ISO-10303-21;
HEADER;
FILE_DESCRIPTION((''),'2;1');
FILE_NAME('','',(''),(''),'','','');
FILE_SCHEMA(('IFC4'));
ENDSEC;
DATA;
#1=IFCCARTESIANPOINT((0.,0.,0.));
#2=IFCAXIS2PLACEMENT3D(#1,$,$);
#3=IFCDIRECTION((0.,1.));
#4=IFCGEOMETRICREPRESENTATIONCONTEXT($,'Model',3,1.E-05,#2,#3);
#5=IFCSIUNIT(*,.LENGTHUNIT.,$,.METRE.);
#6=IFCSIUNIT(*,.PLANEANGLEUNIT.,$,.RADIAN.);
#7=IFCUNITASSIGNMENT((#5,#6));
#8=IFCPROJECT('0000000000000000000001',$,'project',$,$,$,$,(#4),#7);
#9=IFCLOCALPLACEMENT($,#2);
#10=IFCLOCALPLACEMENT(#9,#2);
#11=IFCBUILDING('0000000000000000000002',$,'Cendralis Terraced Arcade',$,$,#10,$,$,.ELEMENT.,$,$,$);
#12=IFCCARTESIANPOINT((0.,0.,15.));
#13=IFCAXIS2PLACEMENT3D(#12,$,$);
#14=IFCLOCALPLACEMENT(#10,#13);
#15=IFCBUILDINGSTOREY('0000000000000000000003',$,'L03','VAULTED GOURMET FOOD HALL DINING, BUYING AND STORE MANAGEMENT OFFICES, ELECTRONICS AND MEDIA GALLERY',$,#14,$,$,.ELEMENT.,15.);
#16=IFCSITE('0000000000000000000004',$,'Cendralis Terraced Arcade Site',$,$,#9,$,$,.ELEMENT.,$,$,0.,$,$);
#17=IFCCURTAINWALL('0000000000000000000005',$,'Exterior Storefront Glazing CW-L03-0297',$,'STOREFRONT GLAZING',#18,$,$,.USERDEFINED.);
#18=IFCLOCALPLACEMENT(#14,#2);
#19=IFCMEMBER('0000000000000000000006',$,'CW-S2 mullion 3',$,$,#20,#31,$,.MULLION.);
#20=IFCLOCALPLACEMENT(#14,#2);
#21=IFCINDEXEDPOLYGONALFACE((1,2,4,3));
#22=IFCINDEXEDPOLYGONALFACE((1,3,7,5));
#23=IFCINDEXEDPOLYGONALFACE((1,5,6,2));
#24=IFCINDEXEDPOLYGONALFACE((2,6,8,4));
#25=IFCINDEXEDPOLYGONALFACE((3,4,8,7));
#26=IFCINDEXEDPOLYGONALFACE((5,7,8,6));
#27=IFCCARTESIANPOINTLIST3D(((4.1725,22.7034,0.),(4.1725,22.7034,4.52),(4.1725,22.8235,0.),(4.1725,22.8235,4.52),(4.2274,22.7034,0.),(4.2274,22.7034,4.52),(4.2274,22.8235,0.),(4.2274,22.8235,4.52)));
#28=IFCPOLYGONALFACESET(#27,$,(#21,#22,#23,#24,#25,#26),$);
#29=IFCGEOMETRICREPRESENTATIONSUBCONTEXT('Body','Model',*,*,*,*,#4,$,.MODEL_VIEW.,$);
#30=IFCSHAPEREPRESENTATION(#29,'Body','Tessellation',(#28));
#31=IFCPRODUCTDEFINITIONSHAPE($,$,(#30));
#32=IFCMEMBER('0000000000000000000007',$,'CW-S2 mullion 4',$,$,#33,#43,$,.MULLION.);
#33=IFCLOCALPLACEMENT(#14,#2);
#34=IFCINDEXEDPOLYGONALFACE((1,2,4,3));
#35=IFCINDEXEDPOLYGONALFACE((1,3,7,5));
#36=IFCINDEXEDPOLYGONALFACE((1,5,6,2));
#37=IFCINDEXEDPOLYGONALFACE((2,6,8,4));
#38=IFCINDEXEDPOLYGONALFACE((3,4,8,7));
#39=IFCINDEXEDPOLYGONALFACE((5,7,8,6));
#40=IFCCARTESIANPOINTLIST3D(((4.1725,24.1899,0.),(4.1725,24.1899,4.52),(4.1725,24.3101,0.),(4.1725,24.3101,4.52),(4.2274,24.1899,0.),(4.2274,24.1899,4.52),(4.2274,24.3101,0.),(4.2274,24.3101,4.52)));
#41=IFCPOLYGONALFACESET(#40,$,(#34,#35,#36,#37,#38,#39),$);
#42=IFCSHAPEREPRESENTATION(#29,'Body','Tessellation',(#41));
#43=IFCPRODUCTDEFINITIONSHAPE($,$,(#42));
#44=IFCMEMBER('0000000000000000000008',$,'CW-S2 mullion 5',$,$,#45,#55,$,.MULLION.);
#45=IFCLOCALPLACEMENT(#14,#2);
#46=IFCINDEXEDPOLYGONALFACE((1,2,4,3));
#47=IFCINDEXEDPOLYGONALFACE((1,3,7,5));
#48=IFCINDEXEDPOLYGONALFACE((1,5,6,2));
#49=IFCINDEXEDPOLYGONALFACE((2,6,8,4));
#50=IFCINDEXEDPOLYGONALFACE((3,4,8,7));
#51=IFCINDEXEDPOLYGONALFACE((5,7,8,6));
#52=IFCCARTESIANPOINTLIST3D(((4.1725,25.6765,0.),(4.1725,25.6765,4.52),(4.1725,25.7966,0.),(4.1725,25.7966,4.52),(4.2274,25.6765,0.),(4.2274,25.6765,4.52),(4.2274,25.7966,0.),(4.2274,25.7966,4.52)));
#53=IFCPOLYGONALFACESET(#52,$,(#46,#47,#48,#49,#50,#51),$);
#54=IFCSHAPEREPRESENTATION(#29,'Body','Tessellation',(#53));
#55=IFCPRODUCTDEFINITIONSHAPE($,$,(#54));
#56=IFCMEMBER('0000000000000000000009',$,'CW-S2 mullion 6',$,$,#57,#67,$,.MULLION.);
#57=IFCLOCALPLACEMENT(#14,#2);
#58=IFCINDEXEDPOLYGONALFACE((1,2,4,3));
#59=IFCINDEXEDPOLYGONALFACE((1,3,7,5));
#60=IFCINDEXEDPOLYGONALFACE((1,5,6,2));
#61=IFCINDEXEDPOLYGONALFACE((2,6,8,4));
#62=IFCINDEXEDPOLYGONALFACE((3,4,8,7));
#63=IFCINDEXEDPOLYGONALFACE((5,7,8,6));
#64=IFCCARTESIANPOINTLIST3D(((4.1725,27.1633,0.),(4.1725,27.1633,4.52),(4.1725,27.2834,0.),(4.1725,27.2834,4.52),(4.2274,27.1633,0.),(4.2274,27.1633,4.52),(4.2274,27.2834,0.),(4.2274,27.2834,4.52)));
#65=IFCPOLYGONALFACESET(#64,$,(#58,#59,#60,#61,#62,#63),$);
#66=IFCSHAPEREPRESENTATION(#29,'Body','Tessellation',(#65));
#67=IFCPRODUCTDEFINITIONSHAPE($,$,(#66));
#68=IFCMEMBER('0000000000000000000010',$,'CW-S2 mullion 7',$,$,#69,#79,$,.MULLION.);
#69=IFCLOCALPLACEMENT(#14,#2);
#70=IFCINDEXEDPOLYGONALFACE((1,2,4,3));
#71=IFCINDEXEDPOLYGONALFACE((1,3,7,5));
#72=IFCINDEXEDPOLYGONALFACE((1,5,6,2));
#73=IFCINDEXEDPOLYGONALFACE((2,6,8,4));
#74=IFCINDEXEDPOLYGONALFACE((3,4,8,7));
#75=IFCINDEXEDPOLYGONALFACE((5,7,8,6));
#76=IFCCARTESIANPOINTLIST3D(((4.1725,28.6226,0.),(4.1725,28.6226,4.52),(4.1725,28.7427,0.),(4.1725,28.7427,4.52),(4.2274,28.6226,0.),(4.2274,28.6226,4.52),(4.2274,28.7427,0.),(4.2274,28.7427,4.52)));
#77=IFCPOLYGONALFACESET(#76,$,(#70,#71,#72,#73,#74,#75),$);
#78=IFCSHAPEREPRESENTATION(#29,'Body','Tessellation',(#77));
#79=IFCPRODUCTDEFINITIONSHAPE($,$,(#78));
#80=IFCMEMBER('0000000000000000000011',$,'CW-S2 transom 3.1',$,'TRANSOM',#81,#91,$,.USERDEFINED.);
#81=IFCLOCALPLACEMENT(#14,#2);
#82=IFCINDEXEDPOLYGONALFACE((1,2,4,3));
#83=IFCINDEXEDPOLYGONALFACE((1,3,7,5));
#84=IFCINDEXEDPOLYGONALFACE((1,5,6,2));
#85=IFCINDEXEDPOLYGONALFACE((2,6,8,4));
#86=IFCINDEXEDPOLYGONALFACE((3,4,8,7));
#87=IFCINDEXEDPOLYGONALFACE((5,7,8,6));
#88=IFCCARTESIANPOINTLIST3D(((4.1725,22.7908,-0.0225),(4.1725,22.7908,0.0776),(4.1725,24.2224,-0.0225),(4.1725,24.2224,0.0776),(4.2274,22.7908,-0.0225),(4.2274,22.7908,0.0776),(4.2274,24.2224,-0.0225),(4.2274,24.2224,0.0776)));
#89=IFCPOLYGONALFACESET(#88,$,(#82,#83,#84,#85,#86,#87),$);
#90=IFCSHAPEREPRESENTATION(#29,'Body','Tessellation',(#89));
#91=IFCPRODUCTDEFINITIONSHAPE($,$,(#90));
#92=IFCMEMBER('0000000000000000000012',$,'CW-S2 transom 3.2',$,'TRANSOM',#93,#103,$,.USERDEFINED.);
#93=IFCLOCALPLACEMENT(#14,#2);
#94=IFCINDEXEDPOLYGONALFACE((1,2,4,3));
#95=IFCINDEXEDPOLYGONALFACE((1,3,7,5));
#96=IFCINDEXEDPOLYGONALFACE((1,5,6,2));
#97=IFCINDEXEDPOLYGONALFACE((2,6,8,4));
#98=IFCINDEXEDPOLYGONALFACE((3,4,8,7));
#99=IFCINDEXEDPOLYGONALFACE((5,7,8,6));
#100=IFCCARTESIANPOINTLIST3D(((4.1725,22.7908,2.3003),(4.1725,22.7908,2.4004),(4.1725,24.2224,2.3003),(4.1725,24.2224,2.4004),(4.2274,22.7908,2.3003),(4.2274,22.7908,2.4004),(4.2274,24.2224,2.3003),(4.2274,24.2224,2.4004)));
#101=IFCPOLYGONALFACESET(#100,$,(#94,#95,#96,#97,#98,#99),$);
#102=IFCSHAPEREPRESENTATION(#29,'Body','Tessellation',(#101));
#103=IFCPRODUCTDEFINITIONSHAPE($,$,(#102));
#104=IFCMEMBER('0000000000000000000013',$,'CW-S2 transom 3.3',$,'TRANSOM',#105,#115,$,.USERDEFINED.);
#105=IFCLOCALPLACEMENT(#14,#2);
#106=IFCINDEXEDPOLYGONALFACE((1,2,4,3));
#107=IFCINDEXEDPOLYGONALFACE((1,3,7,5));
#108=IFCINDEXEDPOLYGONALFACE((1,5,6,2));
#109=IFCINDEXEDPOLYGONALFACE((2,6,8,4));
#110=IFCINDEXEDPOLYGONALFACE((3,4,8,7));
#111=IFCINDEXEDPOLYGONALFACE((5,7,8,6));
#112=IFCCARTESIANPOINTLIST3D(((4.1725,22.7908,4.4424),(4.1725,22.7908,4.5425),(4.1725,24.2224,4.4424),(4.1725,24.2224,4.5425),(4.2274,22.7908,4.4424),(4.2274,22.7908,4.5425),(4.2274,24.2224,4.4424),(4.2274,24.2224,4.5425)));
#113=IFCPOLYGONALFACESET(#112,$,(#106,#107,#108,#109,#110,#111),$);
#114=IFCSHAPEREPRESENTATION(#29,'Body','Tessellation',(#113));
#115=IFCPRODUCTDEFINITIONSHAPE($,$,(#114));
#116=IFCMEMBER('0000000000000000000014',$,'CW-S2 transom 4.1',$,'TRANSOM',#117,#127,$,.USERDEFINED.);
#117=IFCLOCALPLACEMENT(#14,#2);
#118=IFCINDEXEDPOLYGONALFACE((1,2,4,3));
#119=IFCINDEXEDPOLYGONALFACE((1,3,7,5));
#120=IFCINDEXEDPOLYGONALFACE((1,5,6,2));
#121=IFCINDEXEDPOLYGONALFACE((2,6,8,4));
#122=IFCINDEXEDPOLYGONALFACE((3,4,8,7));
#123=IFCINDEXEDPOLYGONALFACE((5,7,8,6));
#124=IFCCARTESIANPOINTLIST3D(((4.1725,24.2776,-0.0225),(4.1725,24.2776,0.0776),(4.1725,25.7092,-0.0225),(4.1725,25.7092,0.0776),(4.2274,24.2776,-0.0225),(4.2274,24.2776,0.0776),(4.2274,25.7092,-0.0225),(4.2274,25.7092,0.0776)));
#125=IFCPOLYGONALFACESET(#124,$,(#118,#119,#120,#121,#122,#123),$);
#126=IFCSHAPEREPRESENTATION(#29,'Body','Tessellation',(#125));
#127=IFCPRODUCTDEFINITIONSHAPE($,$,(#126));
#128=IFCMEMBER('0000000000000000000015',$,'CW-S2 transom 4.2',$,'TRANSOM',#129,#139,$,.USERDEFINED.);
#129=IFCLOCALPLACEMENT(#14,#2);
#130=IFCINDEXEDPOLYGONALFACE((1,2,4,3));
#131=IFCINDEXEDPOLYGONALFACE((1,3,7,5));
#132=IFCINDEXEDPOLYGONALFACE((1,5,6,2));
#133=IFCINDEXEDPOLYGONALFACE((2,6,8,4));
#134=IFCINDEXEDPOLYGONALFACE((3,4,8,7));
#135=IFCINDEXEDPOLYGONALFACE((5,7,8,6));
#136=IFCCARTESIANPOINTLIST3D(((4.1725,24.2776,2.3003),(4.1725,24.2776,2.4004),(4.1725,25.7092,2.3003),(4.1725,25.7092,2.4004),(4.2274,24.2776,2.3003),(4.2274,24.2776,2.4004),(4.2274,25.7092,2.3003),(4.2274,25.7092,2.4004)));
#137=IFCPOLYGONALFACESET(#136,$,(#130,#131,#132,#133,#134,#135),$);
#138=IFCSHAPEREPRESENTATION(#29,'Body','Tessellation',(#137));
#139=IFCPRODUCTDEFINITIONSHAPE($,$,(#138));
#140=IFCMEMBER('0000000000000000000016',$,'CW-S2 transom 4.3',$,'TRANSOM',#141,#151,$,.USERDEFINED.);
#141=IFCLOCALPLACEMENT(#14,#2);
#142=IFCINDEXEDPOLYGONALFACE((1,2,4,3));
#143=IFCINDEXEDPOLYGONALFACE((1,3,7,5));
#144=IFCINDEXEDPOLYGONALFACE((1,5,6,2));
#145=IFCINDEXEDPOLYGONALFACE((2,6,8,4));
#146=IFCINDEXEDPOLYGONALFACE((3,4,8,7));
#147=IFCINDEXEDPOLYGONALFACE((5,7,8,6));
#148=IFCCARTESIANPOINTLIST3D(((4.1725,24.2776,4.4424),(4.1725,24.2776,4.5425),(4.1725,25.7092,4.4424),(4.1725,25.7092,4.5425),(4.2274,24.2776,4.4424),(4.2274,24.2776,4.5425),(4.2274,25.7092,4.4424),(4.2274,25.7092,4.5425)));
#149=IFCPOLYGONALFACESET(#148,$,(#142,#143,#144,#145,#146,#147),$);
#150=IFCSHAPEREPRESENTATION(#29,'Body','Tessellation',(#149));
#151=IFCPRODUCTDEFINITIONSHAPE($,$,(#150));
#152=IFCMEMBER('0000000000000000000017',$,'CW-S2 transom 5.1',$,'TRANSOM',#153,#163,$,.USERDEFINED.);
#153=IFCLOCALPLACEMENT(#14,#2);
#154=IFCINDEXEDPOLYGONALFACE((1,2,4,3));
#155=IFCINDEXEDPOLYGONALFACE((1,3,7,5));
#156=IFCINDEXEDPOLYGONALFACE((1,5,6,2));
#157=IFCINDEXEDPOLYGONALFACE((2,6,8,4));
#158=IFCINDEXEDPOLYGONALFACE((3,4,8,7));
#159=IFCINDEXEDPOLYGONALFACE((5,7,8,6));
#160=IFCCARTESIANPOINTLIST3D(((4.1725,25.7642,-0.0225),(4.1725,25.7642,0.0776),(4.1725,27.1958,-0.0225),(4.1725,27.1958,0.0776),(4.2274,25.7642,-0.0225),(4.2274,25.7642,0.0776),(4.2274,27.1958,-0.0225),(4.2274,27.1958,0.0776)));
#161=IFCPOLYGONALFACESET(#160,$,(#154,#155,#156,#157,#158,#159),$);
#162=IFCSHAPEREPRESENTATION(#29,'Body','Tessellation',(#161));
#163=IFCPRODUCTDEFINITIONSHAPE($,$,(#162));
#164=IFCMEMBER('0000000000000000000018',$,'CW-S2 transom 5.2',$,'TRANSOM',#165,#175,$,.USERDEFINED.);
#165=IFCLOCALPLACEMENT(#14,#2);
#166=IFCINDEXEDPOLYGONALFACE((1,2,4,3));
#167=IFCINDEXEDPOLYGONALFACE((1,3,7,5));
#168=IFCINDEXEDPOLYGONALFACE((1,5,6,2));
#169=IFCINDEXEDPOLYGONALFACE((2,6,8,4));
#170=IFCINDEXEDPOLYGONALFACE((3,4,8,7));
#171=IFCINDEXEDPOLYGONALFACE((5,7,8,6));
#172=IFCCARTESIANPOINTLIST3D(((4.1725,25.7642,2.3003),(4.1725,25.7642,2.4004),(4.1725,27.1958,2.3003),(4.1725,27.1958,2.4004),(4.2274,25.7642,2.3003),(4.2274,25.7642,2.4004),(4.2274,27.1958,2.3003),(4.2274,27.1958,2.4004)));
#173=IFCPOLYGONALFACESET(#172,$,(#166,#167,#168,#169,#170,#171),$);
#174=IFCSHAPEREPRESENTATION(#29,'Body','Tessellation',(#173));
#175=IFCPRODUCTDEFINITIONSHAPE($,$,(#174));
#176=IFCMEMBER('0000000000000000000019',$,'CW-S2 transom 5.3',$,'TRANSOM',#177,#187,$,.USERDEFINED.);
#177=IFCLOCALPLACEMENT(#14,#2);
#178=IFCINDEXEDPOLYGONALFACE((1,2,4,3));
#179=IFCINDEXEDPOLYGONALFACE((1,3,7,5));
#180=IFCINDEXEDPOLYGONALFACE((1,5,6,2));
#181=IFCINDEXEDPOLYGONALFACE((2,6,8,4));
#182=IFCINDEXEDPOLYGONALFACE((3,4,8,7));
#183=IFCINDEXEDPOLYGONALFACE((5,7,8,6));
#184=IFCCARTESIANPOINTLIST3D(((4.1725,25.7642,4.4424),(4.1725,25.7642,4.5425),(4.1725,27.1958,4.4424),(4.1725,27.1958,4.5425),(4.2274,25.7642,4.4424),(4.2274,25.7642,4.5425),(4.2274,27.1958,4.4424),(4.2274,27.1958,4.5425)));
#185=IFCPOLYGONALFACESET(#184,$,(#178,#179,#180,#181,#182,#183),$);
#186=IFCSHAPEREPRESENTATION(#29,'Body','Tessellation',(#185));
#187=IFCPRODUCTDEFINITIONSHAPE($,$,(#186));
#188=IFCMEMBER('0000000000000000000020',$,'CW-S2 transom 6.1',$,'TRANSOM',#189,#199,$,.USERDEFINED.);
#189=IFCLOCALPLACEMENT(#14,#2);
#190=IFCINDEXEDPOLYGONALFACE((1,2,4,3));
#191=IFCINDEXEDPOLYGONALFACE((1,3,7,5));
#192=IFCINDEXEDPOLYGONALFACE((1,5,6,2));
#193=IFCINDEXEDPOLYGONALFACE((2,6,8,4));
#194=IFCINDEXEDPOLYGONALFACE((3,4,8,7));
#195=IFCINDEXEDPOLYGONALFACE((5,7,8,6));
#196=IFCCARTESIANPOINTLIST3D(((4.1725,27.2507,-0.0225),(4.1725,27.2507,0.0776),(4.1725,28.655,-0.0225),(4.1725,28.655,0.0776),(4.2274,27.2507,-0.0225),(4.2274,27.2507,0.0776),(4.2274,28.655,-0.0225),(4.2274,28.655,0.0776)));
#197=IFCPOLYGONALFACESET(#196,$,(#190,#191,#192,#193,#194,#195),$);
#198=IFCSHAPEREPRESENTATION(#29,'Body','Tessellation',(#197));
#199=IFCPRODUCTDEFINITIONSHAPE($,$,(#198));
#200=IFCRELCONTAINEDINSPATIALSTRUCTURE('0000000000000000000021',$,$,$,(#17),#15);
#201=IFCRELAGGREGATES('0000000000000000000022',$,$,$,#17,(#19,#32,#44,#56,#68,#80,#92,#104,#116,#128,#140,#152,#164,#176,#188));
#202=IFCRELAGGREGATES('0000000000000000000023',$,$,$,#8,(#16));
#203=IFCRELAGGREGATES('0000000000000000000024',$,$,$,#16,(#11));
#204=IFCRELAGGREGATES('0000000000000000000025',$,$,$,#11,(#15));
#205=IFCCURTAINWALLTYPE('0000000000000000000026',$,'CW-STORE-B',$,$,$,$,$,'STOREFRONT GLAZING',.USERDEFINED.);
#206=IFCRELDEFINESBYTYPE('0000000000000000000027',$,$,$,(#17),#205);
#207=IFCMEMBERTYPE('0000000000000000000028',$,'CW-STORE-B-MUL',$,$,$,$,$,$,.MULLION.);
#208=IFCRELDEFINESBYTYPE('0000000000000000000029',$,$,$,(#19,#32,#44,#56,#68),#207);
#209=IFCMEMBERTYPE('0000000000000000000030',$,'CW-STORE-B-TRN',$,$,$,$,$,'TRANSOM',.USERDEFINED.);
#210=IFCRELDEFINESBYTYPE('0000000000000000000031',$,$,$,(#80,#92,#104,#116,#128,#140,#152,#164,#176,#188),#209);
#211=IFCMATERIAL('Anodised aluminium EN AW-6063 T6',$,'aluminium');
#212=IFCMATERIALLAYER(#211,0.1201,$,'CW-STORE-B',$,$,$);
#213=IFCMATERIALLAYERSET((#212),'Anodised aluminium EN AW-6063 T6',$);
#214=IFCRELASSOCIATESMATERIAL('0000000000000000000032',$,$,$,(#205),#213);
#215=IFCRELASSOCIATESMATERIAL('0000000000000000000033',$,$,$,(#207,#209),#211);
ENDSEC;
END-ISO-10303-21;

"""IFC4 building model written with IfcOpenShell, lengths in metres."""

from ifc_helpers import new_model, si_unit, direction, frame, origin, origin_2d, place, context, subcontext, project, spatial, rectangle, extrude, material, layer, layer_set, material_profile, profile_set, type_object, element, aggregate, save


model = new_model("IFC4")

# Units and contexts
model_context = context("Model", 3, precision=1e-05, world=origin(), true_north=direction((0.0, 1.0)))
body_context = subcontext(model_context, "Body", "Model", "MODEL_VIEW")
ifc_project = project(units=[si_unit("LENGTHUNIT", "METRE"), si_unit("PLANEANGLEUNIT", "RADIAN")], contexts=[model_context])

# Site, building, storey
site_placement = place(None, origin())
site = spatial("IfcSite", under=ifc_project, at=site_placement, Name="Cendralis Terraced Arcade Site", CompositionType="ELEMENT", RefElevation=0.0)
building_placement = place(site_placement, origin())
building = spatial("IfcBuilding", under=site, at=building_placement, Name="Cendralis Terraced Arcade", CompositionType="ELEMENT")
storey_placement = place(building_placement, frame((0.0, 0.0, 15.0)))
storey = spatial("IfcBuildingStorey", under=building, at=storey_placement, Name="L03", Description="VAULTED GOURMET FOOD HALL DINING, BUYING AND STORE MANAGEMENT OFFICES, ELECTRONICS AND MEDIA GALLERY", CompositionType="ELEMENT", Elevation=15.0)

# Curtain wall, members
ifc_material_1 = material(Name="Anodised aluminium EN AW-6063 T6", Category="aluminium")
ifc_layer_1 = layer(ifc_material_1, 0.1201, Name="CW-STORE-B")
ifc_layer_set_1 = layer_set([ifc_layer_1], Name="Anodised aluminium EN AW-6063 T6")
curtain_wall_type = type_object("IfcCurtainWallType", Name="CW-STORE-B", ElementType="STOREFRONT GLAZING", PredefinedType="USERDEFINED", material=ifc_layer_set_1)
curtain_wall_placement = place(storey_placement, origin())
curtain_wall = element("IfcCurtainWall", 1, at=curtain_wall_placement, inside=storey, type_object=curtain_wall_type, Name="Exterior Storefront Glazing CW-L03-0297", ObjectType="STOREFRONT GLAZING", PredefinedType="USERDEFINED")
ifc_material_profile_1 = material_profile(ifc_material_1, rectangle(XDim=0.0549, YDim=0.1201, at=origin_2d()), Name="ALU-MUL-55x120")
ifc_profile_set_1 = profile_set([ifc_material_profile_1], Name="Anodised aluminium EN AW-6063 T6")
member_type_1 = type_object("IfcMemberType", Name="CW-STORE-B-MUL", PredefinedType="MULLION", material=ifc_profile_set_1)
member_1_placement = place(storey_placement, frame((4.2, 22.7634, 0.0), z_axis=(0.0, 0.0, 1.0), x_axis=(-1.0, 0.0, 0.0)))
member_1 = element("IfcMember", 2, at=member_1_placement, type_object=member_type_1, Name="CW-S2 mullion 3", PredefinedType="MULLION", context=body_context, shape_type="SweptSolid", body=[
    extrude(rectangle(XDim=0.0549, YDim=0.1201, at=origin_2d()), origin(), (0.0, 0.0, 1.0), 4.52),
])
member_2_placement = place(storey_placement, frame((4.2, 24.25, 0.0), z_axis=(0.0, 0.0, 1.0), x_axis=(-1.0, 0.0, 0.0)))
member_2 = element("IfcMember", 3, at=member_2_placement, type_object=member_type_1, Name="CW-S2 mullion 4", PredefinedType="MULLION", context=body_context, shape_type="SweptSolid", body=[
    extrude(rectangle(XDim=0.0549, YDim=0.1201, at=origin_2d()), origin(), (0.0, 0.0, 1.0), 4.52),
])
member_3_placement = place(storey_placement, frame((4.2, 25.7366, 0.0), z_axis=(0.0, 0.0, 1.0), x_axis=(-1.0, 0.0, 0.0)))
member_3 = element("IfcMember", 4, at=member_3_placement, type_object=member_type_1, Name="CW-S2 mullion 5", PredefinedType="MULLION", context=body_context, shape_type="SweptSolid", body=[
    extrude(rectangle(XDim=0.0549, YDim=0.1201, at=origin_2d()), origin(), (0.0, 0.0, 1.0), 4.52),
])
member_4_placement = place(storey_placement, frame((4.2, 27.2234, 0.0), z_axis=(0.0, 0.0, 1.0), x_axis=(-1.0, 0.0, 0.0)))
member_4 = element("IfcMember", 5, at=member_4_placement, type_object=member_type_1, Name="CW-S2 mullion 6", PredefinedType="MULLION", context=body_context, shape_type="SweptSolid", body=[
    extrude(rectangle(XDim=0.0549, YDim=0.1201, at=origin_2d()), origin(), (0.0, 0.0, 1.0), 4.52),
])
member_5_placement = place(storey_placement, frame((4.2, 28.6826, 0.0), z_axis=(0.0, 0.0, 1.0), x_axis=(-1.0, 0.0, 0.0)))
member_5 = element("IfcMember", 6, at=member_5_placement, type_object=member_type_1, Name="CW-S2 mullion 7", PredefinedType="MULLION", context=body_context, shape_type="SweptSolid", body=[
    extrude(rectangle(XDim=0.0549, YDim=0.1201, at=origin_2d()), origin(), (0.0, 0.0, 1.0), 4.52),
])
ifc_material_profile_2 = material_profile(ifc_material_1, rectangle(XDim=0.0549, YDim=0.1001, at=origin_2d()), Name="ALU-TRN-55x100")
ifc_profile_set_2 = profile_set([ifc_material_profile_2], Name="Anodised aluminium EN AW-6063 T6")
member_type_2 = type_object("IfcMemberType", Name="CW-STORE-B-TRN", ElementType="TRANSOM", PredefinedType="USERDEFINED", material=ifc_profile_set_2)
member_6_placement = place(storey_placement, frame((4.2, 22.7908, 0.0276), z_axis=(0.0, 1.0, 0.0), x_axis=(-1.0, 0.0, 0.0)))
member_6 = element("IfcMember", 7, at=member_6_placement, type_object=member_type_2, Name="CW-S2 transom 3.1", ObjectType="TRANSOM", PredefinedType="USERDEFINED", context=body_context, shape_type="SweptSolid", body=[
    extrude(rectangle(XDim=0.0549, YDim=0.1001, at=origin_2d()), origin(), (0.0, 0.0, 1.0), 1.4316),
])
member_7_placement = place(storey_placement, frame((4.2, 22.7908, 2.3503), z_axis=(0.0, 1.0, 0.0), x_axis=(-1.0, 0.0, 0.0)))
member_7 = element("IfcMember", 8, at=member_7_placement, type_object=member_type_2, Name="CW-S2 transom 3.2", ObjectType="TRANSOM", PredefinedType="USERDEFINED", context=body_context, shape_type="SweptSolid", body=[
    extrude(rectangle(XDim=0.0549, YDim=0.1001, at=origin_2d()), origin(), (0.0, 0.0, 1.0), 1.4316),
])
member_8_placement = place(storey_placement, frame((4.2, 22.7908, 4.4924), z_axis=(0.0, 1.0, 0.0), x_axis=(-1.0, 0.0, 0.0)))
member_8 = element("IfcMember", 9, at=member_8_placement, type_object=member_type_2, Name="CW-S2 transom 3.3", ObjectType="TRANSOM", PredefinedType="USERDEFINED", context=body_context, shape_type="SweptSolid", body=[
    extrude(rectangle(XDim=0.0549, YDim=0.1001, at=origin_2d()), origin(), (0.0, 0.0, 1.0), 1.4316),
])
member_9_placement = place(storey_placement, frame((4.2, 24.2776, 0.0276), z_axis=(0.0, 1.0, 0.0), x_axis=(-1.0, 0.0, 0.0)))
member_9 = element("IfcMember", 10, at=member_9_placement, type_object=member_type_2, Name="CW-S2 transom 4.1", ObjectType="TRANSOM", PredefinedType="USERDEFINED", context=body_context, shape_type="SweptSolid", body=[
    extrude(rectangle(XDim=0.0549, YDim=0.1001, at=origin_2d()), origin(), (0.0, 0.0, 1.0), 1.4316),
])
member_10_placement = place(storey_placement, frame((4.2, 24.2776, 2.3503), z_axis=(0.0, 1.0, 0.0), x_axis=(-1.0, 0.0, 0.0)))
member_10 = element("IfcMember", 11, at=member_10_placement, type_object=member_type_2, Name="CW-S2 transom 4.2", ObjectType="TRANSOM", PredefinedType="USERDEFINED", context=body_context, shape_type="SweptSolid", body=[
    extrude(rectangle(XDim=0.0549, YDim=0.1001, at=origin_2d()), origin(), (0.0, 0.0, 1.0), 1.4316),
])
member_11_placement = place(storey_placement, frame((4.2, 24.2776, 4.4924), z_axis=(0.0, 1.0, 0.0), x_axis=(-1.0, 0.0, 0.0)))
member_11 = element("IfcMember", 12, at=member_11_placement, type_object=member_type_2, Name="CW-S2 transom 4.3", ObjectType="TRANSOM", PredefinedType="USERDEFINED", context=body_context, shape_type="SweptSolid", body=[
    extrude(rectangle(XDim=0.0549, YDim=0.1001, at=origin_2d()), origin(), (0.0, 0.0, 1.0), 1.4316),
])
member_12_placement = place(storey_placement, frame((4.2, 25.7642, 0.0276), z_axis=(0.0, 1.0, 0.0), x_axis=(-1.0, 0.0, 0.0)))
member_12 = element("IfcMember", 13, at=member_12_placement, type_object=member_type_2, Name="CW-S2 transom 5.1", ObjectType="TRANSOM", PredefinedType="USERDEFINED", context=body_context, shape_type="SweptSolid", body=[
    extrude(rectangle(XDim=0.0549, YDim=0.1001, at=origin_2d()), origin(), (0.0, 0.0, 1.0), 1.4316),
])
member_13_placement = place(storey_placement, frame((4.2, 25.7642, 2.3503), z_axis=(0.0, 1.0, 0.0), x_axis=(-1.0, 0.0, 0.0)))
member_13 = element("IfcMember", 14, at=member_13_placement, type_object=member_type_2, Name="CW-S2 transom 5.2", ObjectType="TRANSOM", PredefinedType="USERDEFINED", context=body_context, shape_type="SweptSolid", body=[
    extrude(rectangle(XDim=0.0549, YDim=0.1001, at=origin_2d()), origin(), (0.0, 0.0, 1.0), 1.4316),
])
member_14_placement = place(storey_placement, frame((4.2, 25.7642, 4.4924), z_axis=(0.0, 1.0, 0.0), x_axis=(-1.0, 0.0, 0.0)))
member_14 = element("IfcMember", 15, at=member_14_placement, type_object=member_type_2, Name="CW-S2 transom 5.3", ObjectType="TRANSOM", PredefinedType="USERDEFINED", context=body_context, shape_type="SweptSolid", body=[
    extrude(rectangle(XDim=0.0549, YDim=0.1001, at=origin_2d()), origin(), (0.0, 0.0, 1.0), 1.4316),
])
member_15_placement = place(storey_placement, frame((4.2, 27.2507, 0.0276), z_axis=(0.0, 1.0, 0.0), x_axis=(-1.0, 0.0, 0.0)))
member_15 = element("IfcMember", 16, at=member_15_placement, type_object=member_type_2, Name="CW-S2 transom 6.1", ObjectType="TRANSOM", PredefinedType="USERDEFINED", context=body_context, shape_type="SweptSolid", body=[
    extrude(rectangle(XDim=0.0549, YDim=0.1001, at=origin_2d()), origin(), (0.0, 0.0, 1.0), 1.4043),
])
aggregate(curtain_wall, [member_1, member_2, member_3, member_4, member_5, member_6, member_7, member_8, member_9, member_10, member_11, member_12, member_13, member_14, member_15])

save(model, "model.ifc")
